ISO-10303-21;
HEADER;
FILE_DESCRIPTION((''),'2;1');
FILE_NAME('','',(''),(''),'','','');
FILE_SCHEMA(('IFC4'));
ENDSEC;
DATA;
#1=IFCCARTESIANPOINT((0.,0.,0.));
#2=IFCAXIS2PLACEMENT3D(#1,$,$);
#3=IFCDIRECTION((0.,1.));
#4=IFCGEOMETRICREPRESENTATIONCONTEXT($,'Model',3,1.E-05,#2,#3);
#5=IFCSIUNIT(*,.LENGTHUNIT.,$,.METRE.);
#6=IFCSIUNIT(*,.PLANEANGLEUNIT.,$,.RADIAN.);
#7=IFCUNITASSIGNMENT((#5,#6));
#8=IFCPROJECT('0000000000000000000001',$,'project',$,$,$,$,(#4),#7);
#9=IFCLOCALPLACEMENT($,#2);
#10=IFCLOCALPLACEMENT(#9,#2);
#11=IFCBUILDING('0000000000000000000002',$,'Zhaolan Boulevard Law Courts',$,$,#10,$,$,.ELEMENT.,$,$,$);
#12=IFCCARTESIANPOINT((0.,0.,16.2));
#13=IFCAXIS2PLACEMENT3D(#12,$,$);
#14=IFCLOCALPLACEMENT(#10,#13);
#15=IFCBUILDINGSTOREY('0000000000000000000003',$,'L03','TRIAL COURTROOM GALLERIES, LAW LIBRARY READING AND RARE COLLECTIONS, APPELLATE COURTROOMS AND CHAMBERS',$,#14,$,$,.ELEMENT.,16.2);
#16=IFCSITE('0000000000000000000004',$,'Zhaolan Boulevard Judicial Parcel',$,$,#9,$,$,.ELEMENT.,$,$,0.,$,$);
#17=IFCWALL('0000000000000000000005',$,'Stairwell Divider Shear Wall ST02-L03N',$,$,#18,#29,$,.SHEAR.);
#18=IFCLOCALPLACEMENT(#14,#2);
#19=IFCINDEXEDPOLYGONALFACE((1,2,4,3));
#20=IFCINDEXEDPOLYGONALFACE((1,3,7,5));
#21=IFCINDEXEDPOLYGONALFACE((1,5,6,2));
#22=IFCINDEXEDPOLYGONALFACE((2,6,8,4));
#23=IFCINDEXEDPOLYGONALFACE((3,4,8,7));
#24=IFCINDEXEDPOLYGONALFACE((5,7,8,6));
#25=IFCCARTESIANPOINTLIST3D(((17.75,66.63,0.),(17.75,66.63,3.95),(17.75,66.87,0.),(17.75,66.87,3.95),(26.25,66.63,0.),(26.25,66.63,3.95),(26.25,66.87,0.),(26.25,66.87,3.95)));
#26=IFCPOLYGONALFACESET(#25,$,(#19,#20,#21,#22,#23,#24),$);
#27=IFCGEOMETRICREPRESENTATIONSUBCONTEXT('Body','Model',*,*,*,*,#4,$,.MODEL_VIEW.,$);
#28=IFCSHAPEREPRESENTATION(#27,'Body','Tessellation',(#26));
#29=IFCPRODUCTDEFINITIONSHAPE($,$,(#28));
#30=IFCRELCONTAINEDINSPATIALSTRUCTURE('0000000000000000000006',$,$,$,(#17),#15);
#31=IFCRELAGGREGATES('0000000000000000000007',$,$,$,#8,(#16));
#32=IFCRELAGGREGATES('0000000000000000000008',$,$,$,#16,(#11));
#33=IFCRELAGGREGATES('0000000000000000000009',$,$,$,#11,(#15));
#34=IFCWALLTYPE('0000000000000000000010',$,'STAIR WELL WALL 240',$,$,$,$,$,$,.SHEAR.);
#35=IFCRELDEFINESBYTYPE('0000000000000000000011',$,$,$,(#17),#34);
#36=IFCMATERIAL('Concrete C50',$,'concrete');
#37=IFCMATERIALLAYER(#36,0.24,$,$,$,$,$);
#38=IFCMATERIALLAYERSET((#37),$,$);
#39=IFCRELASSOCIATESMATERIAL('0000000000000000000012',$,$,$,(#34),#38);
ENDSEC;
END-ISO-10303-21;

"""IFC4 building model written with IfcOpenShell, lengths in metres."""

from ifc_helpers import new_model, si_unit, direction, frame, frame_2d, origin, place, context, subcontext, project, spatial, rectangle, extrude, material, layer, layer_set, type_object, element, save


model = new_model("IFC4")

# Units and contexts
model_context = context("Model", 3, precision=1e-05, world=origin(), true_north=direction((0.0, 1.0)))
body_context = subcontext(model_context, "Body", "Model", "MODEL_VIEW")
ifc_project = project(units=[si_unit("LENGTHUNIT", "METRE"), si_unit("PLANEANGLEUNIT", "RADIAN")], contexts=[model_context])

# Site, building, storey
site_placement = place(None, origin())
site = spatial("IfcSite", under=ifc_project, at=site_placement, Name="Zhaolan Boulevard Judicial Parcel", CompositionType="ELEMENT", RefElevation=0.0)
building_placement = place(site_placement, origin())
building = spatial("IfcBuilding", under=site, at=building_placement, Name="Zhaolan Boulevard Law Courts", CompositionType="ELEMENT")
storey_placement = place(building_placement, frame((0.0, 0.0, 16.2)))
storey = spatial("IfcBuildingStorey", under=building, at=storey_placement, Name="L03", Description="TRIAL COURTROOM GALLERIES, LAW LIBRARY READING AND RARE COLLECTIONS, APPELLATE COURTROOMS AND CHAMBERS", CompositionType="ELEMENT", Elevation=16.2)

# Wall
ifc_material_1 = material(Name="Concrete C50", Category="concrete")
ifc_layer_1 = layer(ifc_material_1, 0.24)
ifc_layer_set_1 = layer_set([ifc_layer_1])
wall_type_1 = type_object("IfcWallType", Name="STAIR WELL WALL 240", PredefinedType="SHEAR", material=ifc_layer_set_1)
wall_1_placement = place(storey_placement, frame((17.75, 66.75, 0.0), z_axis=(0.0, 0.0, 1.0), x_axis=(1.0, 0.0, 0.0)))
element("IfcWall", 1, at=wall_1_placement, inside=storey, type_object=wall_type_1, Name="Stairwell Divider Shear Wall ST02-L03N", PredefinedType="SHEAR", context=body_context, shape_type="SweptSolid", body=[
    extrude(rectangle(XDim=8.5, YDim=0.24, at=frame_2d((4.25, 0.0))), origin(), (0.0, 0.0, 1.0), 3.95),
])

save(model, "model.ifc")
